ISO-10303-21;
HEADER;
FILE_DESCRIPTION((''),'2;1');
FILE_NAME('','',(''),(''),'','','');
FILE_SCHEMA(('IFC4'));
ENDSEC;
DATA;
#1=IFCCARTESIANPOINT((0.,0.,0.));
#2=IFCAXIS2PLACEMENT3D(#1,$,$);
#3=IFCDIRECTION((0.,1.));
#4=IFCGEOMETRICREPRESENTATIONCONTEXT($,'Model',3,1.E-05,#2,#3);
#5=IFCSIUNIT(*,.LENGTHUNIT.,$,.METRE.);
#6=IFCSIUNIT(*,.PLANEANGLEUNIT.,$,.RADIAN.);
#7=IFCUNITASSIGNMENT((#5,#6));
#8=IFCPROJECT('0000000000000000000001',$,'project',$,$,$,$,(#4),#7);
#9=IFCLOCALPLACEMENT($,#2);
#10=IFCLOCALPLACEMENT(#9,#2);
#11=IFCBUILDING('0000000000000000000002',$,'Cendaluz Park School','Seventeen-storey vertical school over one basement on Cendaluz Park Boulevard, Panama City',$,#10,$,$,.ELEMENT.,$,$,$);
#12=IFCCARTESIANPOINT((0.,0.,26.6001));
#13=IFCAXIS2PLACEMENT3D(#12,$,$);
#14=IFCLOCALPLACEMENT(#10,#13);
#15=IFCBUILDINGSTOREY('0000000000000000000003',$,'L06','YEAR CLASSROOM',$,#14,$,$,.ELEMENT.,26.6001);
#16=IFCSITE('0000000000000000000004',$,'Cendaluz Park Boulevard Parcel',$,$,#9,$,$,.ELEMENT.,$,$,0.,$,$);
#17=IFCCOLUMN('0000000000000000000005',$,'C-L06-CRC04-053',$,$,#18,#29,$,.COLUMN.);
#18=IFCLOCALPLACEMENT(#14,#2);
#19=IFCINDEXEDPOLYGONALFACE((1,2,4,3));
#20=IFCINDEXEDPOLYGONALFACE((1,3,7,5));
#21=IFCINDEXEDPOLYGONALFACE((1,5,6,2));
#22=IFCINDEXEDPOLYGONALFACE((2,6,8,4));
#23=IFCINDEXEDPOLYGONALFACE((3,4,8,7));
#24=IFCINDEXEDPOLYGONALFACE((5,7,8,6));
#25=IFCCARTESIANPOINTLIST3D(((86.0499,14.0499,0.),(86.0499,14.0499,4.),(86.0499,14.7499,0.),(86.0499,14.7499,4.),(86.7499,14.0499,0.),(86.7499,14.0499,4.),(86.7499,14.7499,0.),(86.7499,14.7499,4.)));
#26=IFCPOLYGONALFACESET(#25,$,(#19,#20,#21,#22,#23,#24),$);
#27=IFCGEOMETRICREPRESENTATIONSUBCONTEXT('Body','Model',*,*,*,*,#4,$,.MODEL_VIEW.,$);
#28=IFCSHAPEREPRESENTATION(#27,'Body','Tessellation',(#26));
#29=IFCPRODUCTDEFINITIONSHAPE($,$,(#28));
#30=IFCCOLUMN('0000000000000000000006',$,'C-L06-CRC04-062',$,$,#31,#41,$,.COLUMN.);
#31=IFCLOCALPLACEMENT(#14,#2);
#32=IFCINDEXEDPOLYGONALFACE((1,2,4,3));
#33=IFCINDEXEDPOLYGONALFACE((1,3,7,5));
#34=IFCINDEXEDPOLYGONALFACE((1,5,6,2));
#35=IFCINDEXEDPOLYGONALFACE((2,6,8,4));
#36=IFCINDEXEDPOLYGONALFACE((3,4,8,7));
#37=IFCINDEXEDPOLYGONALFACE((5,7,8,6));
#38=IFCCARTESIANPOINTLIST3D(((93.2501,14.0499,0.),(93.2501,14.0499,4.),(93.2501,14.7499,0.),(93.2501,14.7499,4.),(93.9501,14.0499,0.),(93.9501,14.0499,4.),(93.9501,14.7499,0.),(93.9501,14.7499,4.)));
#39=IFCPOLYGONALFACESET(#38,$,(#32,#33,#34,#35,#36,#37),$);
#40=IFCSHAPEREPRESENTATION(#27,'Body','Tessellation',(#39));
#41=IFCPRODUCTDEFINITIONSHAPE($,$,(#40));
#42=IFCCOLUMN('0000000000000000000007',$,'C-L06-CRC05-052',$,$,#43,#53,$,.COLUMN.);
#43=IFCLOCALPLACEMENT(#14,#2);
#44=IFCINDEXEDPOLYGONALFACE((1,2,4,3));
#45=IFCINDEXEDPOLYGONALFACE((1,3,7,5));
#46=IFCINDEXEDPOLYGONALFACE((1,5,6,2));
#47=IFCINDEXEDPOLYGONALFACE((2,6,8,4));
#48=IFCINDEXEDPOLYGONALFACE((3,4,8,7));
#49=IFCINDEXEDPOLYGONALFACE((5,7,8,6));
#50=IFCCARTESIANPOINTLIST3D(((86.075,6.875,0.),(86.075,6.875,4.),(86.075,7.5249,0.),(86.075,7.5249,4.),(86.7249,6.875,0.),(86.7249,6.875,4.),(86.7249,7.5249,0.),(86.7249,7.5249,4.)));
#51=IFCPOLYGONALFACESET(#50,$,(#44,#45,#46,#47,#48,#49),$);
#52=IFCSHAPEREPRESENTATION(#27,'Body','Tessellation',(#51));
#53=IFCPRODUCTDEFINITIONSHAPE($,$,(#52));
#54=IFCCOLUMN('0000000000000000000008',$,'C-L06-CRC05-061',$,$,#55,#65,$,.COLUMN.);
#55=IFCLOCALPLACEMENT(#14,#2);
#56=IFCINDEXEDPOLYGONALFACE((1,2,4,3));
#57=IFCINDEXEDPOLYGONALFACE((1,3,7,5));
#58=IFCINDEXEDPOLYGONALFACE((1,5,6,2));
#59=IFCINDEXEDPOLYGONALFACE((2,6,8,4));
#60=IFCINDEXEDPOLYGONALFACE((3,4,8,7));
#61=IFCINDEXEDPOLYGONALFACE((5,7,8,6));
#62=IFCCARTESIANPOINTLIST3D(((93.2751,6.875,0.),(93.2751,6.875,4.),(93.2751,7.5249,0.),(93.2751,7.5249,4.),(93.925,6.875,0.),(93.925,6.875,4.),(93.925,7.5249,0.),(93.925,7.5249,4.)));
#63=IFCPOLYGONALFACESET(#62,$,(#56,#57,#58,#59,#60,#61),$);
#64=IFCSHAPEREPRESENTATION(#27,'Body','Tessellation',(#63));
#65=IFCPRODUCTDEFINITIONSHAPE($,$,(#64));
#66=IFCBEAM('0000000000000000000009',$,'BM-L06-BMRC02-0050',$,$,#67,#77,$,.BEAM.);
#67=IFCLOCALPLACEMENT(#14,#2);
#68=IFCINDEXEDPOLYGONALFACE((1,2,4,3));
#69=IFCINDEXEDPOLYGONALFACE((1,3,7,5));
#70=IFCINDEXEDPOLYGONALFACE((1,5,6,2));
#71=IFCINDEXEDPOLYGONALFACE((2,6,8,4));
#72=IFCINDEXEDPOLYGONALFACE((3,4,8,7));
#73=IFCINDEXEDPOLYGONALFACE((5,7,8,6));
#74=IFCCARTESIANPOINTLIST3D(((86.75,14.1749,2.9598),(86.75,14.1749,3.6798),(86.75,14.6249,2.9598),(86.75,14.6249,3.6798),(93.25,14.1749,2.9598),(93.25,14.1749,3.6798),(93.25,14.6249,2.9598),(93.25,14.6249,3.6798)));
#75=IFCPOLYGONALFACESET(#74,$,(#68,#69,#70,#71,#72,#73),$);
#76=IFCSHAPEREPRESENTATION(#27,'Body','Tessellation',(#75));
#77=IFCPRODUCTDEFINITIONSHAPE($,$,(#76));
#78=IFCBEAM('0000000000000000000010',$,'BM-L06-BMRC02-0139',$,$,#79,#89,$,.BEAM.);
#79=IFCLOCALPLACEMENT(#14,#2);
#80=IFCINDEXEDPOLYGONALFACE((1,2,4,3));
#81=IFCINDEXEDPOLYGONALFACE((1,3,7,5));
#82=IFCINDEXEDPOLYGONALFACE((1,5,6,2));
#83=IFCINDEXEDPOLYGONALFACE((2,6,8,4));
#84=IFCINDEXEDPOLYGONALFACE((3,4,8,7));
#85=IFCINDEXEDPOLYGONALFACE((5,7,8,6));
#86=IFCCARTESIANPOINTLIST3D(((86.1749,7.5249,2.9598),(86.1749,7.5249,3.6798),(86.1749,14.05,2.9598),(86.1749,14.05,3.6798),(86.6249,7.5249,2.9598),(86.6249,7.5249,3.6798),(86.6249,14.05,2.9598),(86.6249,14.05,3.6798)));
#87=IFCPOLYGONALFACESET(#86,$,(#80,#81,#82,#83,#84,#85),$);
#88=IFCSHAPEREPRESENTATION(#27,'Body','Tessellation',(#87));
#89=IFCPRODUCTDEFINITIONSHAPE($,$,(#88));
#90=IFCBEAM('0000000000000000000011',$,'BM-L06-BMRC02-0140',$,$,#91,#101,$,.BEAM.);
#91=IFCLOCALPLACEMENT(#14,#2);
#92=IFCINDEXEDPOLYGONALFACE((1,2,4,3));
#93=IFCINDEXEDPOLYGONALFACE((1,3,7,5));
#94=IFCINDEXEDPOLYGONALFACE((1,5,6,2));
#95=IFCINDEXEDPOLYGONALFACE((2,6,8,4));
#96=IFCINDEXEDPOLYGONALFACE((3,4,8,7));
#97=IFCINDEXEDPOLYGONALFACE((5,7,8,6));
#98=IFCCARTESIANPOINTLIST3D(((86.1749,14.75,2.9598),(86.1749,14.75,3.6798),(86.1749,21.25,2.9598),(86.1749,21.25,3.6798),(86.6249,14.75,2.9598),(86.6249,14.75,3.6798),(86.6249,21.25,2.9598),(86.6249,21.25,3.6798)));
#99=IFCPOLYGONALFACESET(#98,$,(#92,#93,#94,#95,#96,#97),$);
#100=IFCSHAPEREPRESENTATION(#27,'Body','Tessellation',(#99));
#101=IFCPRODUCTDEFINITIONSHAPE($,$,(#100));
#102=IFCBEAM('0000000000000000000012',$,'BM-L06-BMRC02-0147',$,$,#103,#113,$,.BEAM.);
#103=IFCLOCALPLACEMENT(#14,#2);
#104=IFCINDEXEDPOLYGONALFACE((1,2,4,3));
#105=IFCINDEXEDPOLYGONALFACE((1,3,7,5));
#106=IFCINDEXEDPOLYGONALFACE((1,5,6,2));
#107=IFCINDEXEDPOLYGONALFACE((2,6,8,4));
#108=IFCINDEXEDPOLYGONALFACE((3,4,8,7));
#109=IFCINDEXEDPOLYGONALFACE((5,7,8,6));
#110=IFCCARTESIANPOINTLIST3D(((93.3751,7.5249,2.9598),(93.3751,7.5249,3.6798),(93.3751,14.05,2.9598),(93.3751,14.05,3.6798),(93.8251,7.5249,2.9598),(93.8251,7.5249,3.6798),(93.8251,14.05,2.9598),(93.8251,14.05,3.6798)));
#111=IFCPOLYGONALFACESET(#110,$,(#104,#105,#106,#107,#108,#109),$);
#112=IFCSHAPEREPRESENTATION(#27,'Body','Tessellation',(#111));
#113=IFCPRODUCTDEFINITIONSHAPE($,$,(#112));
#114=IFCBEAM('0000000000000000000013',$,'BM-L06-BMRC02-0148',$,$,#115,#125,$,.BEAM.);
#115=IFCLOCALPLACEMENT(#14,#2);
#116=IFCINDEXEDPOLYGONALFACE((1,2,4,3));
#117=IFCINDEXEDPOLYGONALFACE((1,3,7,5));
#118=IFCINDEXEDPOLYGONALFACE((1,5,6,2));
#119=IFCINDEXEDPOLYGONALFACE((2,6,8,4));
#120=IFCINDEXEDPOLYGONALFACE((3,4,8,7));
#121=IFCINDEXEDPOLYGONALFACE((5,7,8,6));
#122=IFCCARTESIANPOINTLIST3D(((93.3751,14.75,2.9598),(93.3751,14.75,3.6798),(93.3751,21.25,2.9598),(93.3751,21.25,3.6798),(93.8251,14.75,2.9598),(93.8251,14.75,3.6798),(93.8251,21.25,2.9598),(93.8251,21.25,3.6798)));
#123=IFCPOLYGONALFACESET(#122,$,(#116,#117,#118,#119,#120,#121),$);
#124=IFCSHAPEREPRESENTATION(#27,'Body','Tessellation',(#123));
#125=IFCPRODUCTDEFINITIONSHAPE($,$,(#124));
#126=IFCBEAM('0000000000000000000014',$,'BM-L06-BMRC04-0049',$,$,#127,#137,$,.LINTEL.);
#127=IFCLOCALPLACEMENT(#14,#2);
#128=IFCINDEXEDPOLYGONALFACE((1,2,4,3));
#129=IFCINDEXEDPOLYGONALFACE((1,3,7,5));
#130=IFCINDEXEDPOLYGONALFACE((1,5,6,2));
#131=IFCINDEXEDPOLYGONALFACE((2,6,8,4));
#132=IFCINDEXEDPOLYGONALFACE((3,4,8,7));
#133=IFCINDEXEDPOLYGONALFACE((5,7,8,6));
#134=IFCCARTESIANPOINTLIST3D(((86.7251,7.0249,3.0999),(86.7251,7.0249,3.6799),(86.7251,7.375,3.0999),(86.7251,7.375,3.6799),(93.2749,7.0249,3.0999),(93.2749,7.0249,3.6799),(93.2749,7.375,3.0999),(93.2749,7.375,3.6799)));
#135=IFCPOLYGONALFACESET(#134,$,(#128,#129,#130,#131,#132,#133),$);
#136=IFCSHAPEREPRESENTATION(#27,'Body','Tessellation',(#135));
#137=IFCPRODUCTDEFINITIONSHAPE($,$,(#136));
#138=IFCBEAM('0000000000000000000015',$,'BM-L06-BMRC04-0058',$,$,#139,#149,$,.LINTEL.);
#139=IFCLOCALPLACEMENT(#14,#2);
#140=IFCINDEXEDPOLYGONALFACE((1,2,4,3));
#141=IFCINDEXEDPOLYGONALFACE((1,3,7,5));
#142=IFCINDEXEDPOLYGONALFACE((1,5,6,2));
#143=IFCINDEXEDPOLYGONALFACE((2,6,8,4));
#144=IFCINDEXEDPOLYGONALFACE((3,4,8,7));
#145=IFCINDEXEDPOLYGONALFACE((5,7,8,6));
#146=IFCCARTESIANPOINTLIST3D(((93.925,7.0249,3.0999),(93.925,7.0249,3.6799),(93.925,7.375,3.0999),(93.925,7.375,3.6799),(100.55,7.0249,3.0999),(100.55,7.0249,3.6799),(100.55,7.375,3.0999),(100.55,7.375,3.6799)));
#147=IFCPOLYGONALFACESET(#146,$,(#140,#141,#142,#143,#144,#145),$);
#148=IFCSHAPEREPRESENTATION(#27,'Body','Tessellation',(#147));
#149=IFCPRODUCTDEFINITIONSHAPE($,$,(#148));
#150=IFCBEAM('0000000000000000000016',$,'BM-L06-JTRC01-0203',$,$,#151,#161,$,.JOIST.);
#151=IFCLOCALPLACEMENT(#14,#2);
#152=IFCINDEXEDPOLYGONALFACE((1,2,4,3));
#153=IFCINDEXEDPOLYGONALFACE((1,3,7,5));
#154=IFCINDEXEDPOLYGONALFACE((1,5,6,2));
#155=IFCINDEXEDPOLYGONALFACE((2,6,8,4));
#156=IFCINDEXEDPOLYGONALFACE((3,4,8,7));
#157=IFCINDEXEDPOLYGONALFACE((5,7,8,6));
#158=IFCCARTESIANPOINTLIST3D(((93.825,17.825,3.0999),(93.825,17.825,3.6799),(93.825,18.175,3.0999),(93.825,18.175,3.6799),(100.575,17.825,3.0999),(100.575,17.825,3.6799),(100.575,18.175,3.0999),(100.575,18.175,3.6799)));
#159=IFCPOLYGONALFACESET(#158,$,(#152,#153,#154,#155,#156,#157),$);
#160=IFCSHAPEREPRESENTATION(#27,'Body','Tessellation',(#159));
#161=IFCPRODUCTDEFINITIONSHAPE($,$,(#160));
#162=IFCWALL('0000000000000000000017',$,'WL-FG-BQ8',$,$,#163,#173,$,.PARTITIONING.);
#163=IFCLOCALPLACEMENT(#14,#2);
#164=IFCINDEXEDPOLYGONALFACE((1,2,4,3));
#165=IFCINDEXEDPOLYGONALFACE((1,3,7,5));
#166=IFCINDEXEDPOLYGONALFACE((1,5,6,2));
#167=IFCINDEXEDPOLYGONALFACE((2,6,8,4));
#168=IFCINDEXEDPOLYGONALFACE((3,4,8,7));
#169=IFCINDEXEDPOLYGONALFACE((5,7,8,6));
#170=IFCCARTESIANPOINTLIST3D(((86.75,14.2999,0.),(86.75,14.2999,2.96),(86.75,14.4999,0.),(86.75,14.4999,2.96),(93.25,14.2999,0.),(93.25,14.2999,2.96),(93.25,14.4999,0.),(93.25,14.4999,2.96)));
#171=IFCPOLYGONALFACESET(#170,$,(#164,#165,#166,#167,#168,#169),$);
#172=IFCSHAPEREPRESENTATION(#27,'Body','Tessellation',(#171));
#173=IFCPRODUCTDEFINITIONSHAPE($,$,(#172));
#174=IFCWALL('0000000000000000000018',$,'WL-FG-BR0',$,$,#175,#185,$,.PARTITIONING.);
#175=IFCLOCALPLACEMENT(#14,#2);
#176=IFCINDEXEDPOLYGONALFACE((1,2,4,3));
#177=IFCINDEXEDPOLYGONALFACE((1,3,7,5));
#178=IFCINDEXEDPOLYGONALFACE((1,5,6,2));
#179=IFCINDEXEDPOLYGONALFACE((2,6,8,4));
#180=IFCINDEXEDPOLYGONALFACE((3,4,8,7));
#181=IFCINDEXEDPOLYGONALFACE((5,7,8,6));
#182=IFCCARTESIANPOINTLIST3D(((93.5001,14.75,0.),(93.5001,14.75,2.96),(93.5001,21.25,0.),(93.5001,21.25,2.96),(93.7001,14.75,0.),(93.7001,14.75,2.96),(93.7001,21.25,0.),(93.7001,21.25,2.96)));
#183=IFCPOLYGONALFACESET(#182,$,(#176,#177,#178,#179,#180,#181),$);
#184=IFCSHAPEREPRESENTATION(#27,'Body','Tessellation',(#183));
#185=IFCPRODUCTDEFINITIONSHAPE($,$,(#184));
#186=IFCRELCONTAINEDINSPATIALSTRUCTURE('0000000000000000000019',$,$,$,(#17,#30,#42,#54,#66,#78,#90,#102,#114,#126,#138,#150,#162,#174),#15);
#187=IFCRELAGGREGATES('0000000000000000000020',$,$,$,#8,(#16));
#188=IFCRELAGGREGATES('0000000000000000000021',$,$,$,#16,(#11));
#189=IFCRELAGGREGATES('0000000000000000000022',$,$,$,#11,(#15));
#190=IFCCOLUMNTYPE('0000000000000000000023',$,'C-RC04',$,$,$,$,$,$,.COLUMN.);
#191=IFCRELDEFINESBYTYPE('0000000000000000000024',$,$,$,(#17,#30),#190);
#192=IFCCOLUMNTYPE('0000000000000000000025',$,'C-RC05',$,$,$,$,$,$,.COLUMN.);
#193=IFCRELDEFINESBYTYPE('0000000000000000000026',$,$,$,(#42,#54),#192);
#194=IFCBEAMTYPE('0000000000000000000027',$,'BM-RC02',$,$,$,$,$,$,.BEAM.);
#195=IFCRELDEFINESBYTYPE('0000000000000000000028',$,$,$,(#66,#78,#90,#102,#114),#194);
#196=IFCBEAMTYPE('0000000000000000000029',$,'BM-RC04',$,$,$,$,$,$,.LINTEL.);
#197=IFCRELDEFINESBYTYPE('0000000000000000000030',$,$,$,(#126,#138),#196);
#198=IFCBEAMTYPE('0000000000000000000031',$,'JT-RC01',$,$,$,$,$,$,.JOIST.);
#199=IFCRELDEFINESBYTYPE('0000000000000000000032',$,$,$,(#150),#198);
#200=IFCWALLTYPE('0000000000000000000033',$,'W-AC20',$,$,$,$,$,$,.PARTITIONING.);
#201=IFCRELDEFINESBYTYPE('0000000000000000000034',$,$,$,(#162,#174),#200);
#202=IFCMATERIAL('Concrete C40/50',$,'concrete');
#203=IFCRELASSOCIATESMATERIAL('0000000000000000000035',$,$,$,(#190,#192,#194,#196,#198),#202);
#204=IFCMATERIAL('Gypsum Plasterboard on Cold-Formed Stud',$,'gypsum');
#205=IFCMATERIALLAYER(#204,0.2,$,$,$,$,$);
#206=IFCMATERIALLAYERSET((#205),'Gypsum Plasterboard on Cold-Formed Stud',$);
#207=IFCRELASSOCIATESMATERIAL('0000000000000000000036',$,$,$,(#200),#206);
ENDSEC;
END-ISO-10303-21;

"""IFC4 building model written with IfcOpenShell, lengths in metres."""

from ifc_helpers import new_model, si_unit, direction, frame, frame_2d, origin, origin_2d, place, context, subcontext, project, spatial, rectangle, extrude, material, layer, layer_set, material_profile, profile_set, type_object, element, save


model = new_model("IFC4")

# Units and contexts
model_context = context("Model", 3, precision=1e-05, world=origin(), true_north=direction((0.0, 1.0)))
body_context = subcontext(model_context, "Body", "Model", "MODEL_VIEW")
ifc_project = project(units=[si_unit("LENGTHUNIT", "METRE"), si_unit("PLANEANGLEUNIT", "RADIAN")], contexts=[model_context])

# Site, building, storey
site_placement = place(None, origin())
site = spatial("IfcSite", under=ifc_project, at=site_placement, Name="Cendaluz Park Boulevard Parcel", CompositionType="ELEMENT", RefElevation=0.0)
building_placement = place(site_placement, origin())
building = spatial("IfcBuilding", under=site, at=building_placement, Name="Cendaluz Park School", Description="Seventeen-storey vertical school over one basement on Cendaluz Park Boulevard, Panama City", CompositionType="ELEMENT")
storey_placement = place(building_placement, frame((0.0, 0.0, 26.6001)))
storey = spatial("IfcBuildingStorey", under=building, at=storey_placement, Name="L06", Description="YEAR CLASSROOM", CompositionType="ELEMENT", Elevation=26.6001)

# Columns
ifc_material_1 = material(Name="Concrete C40/50", Category="concrete")
ifc_material_profile_1 = material_profile(ifc_material_1, rectangle(XDim=0.7, YDim=0.7, at=origin_2d()), Name="RC 700x700", Category="concrete")
ifc_profile_set_1 = profile_set([ifc_material_profile_1], Name="Concrete C40/50")
column_type_1 = type_object("IfcColumnType", Name="C-RC04", PredefinedType="COLUMN", material=ifc_profile_set_1)
for number, where, z_axis, x_axis, name in (
    (1, (86.3999, 14.3999, 0.0), (0.0, 0.0, 1.0), (1.0, 0.0, 0.0), "C-L06-CRC04-053"),
    (2, (93.6001, 14.3999, 0.0), (0.0, 0.0, 1.0), (1.0, 0.0, 0.0), "C-L06-CRC04-062"),
):
    element("IfcColumn", number, at=place(storey_placement, frame(where, z_axis=z_axis, x_axis=x_axis)), inside=storey, type_object=column_type_1, Name=name, PredefinedType="COLUMN", context=body_context, shape_type="SweptSolid", body=[
        extrude(rectangle(XDim=0.7, YDim=0.7, at=origin_2d()), origin(), (0.0, 0.0, 1.0), 4.0),
    ])
ifc_material_profile_2 = material_profile(ifc_material_1, rectangle(XDim=0.6499, YDim=0.6499, at=origin_2d()), Name="RC 650x650", Category="concrete")
ifc_profile_set_2 = profile_set([ifc_material_profile_2], Name="Concrete C40/50")
column_type_2 = type_object("IfcColumnType", Name="C-RC05", PredefinedType="COLUMN", material=ifc_profile_set_2)
for number, where, z_axis, x_axis, name in (
    (3, (86.3999, 7.2, 0.0), (0.0, 0.0, 1.0), (1.0, 0.0, 0.0), "C-L06-CRC05-052"),
    (4, (93.6001, 7.2, 0.0), (0.0, 0.0, 1.0), (1.0, 0.0, 0.0), "C-L06-CRC05-061"),
):
    element("IfcColumn", number, at=place(storey_placement, frame(where, z_axis=z_axis, x_axis=x_axis)), inside=storey, type_object=column_type_2, Name=name, PredefinedType="COLUMN", context=body_context, shape_type="SweptSolid", body=[
        extrude(rectangle(XDim=0.6499, YDim=0.6499, at=origin_2d()), origin(), (0.0, 0.0, 1.0), 4.0),
    ])

# Beams
ifc_material_profile_3 = material_profile(ifc_material_1, rectangle(XDim=0.45, YDim=0.72, at=origin_2d()), Name="RC 450x720", Category="concrete")
ifc_profile_set_3 = profile_set([ifc_material_profile_3], Name="Concrete C40/50")
beam_type_1 = type_object("IfcBeamType", Name="BM-RC02", PredefinedType="BEAM", material=ifc_profile_set_3)
beam_1_placement = place(storey_placement, frame((86.75, 14.3999, 3.3198), z_axis=(1.0, 0.0, 0.0), x_axis=(0.0, 1.0, 0.0)))
element("IfcBeam", 5, at=beam_1_placement, inside=storey, type_object=beam_type_1, Name="BM-L06-BMRC02-0050", PredefinedType="BEAM", context=body_context, shape_type="SweptSolid", body=[
    extrude(rectangle(XDim=0.45, YDim=0.72, at=origin_2d()), origin(), (0.0, 0.0, 1.0), 6.5),
])
beam_2_placement = place(storey_placement, frame((86.3999, 7.5249, 3.3198), z_axis=(0.0, 1.0, 0.0), x_axis=(-1.0, 0.0, 0.0)))
element("IfcBeam", 6, at=beam_2_placement, inside=storey, type_object=beam_type_1, Name="BM-L06-BMRC02-0139", PredefinedType="BEAM", context=body_context, shape_type="SweptSolid", body=[
    extrude(rectangle(XDim=0.45, YDim=0.72, at=origin_2d()), origin(), (0.0, 0.0, 1.0), 6.5251),
])
beam_3_placement = place(storey_placement, frame((86.3999, 14.75, 3.3198), z_axis=(0.0, 1.0, 0.0), x_axis=(-1.0, 0.0, 0.0)))
element("IfcBeam", 7, at=beam_3_placement, inside=storey, type_object=beam_type_1, Name="BM-L06-BMRC02-0140", PredefinedType="BEAM", context=body_context, shape_type="SweptSolid", body=[
    extrude(rectangle(XDim=0.45, YDim=0.72, at=origin_2d()), origin(), (0.0, 0.0, 1.0), 6.5),
])
beam_4_placement = place(storey_placement, frame((93.6001, 7.5249, 3.3198), z_axis=(0.0, 1.0, 0.0), x_axis=(-1.0, 0.0, 0.0)))
element("IfcBeam", 8, at=beam_4_placement, inside=storey, type_object=beam_type_1, Name="BM-L06-BMRC02-0147", PredefinedType="BEAM", context=body_context, shape_type="SweptSolid", body=[
    extrude(rectangle(XDim=0.45, YDim=0.72, at=origin_2d()), origin(), (0.0, 0.0, 1.0), 6.5251),
])
beam_5_placement = place(storey_placement, frame((93.6001, 14.75, 3.3198), z_axis=(0.0, 1.0, 0.0), x_axis=(-1.0, 0.0, 0.0)))
element("IfcBeam", 9, at=beam_5_placement, inside=storey, type_object=beam_type_1, Name="BM-L06-BMRC02-0148", PredefinedType="BEAM", context=body_context, shape_type="SweptSolid", body=[
    extrude(rectangle(XDim=0.45, YDim=0.72, at=origin_2d()), origin(), (0.0, 0.0, 1.0), 6.5),
])
ifc_material_profile_4 = material_profile(ifc_material_1, rectangle(XDim=0.3501, YDim=0.5801, at=origin_2d()), Name="RC 350x580", Category="concrete")
ifc_profile_set_4 = profile_set([ifc_material_profile_4], Name="Concrete C40/50")
beam_type_2 = type_object("IfcBeamType", Name="BM-RC04", PredefinedType="LINTEL", material=ifc_profile_set_4)
beam_6_placement = place(storey_placement, frame((86.7251, 7.2, 3.3899), z_axis=(1.0, 0.0, 0.0), x_axis=(0.0, 1.0, 0.0)))
element("IfcBeam", 10, at=beam_6_placement, inside=storey, type_object=beam_type_2, Name="BM-L06-BMRC04-0049", PredefinedType="LINTEL", context=body_context, shape_type="SweptSolid", body=[
    extrude(rectangle(XDim=0.3501, YDim=0.5801, at=origin_2d()), origin(), (0.0, 0.0, 1.0), 6.5498),
])
beam_7_placement = place(storey_placement, frame((93.925, 7.2, 3.3899), z_axis=(1.0, 0.0, 0.0), x_axis=(0.0, 1.0, 0.0)))
element("IfcBeam", 11, at=beam_7_placement, inside=storey, type_object=beam_type_2, Name="BM-L06-BMRC04-0058", PredefinedType="LINTEL", context=body_context, shape_type="SweptSolid", body=[
    extrude(rectangle(XDim=0.3501, YDim=0.5801, at=origin_2d()), origin(), (0.0, 0.0, 1.0), 6.625),
])
ifc_material_profile_5 = material_profile(ifc_material_1, rectangle(XDim=0.3501, YDim=0.5801, at=origin_2d()), Name="RC 350x580", Category="concrete")
ifc_profile_set_5 = profile_set([ifc_material_profile_5], Name="Concrete C40/50")
beam_type_3 = type_object("IfcBeamType", Name="JT-RC01", PredefinedType="JOIST", material=ifc_profile_set_5)
beam_8_placement = place(storey_placement, frame((93.825, 18.0, 3.3899), z_axis=(1.0, 0.0, 0.0), x_axis=(0.0, 1.0, 0.0)))
element("IfcBeam", 12, at=beam_8_placement, inside=storey, type_object=beam_type_3, Name="BM-L06-JTRC01-0203", PredefinedType="JOIST", context=body_context, shape_type="SweptSolid", body=[
    extrude(rectangle(XDim=0.3501, YDim=0.5801, at=origin_2d()), origin(), (0.0, 0.0, 1.0), 6.75),
])

# Walls
ifc_material_2 = material(Name="Gypsum Plasterboard on Cold-Formed Stud", Category="gypsum")
ifc_layer_1 = layer(ifc_material_2, 0.2)
ifc_layer_set_1 = layer_set([ifc_layer_1], Name="Gypsum Plasterboard on Cold-Formed Stud")
wall_type_1 = type_object("IfcWallType", Name="W-AC20", PredefinedType="PARTITIONING", material=ifc_layer_set_1)
for number, where, z_axis, x_axis, name in (
    (13, (86.75, 14.3999, 0.0), (0.0, 0.0, 1.0), (1.0, 0.0, 0.0), "WL-FG-BQ8"),
    (14, (93.6001, 14.75, 0.0), (0.0, 0.0, 1.0), (0.0, 1.0, 0.0), "WL-FG-BR0"),
):
    element("IfcWall", number, at=place(storey_placement, frame(where, z_axis=z_axis, x_axis=x_axis)), inside=storey, type_object=wall_type_1, Name=name, PredefinedType="PARTITIONING", context=body_context, shape_type="SweptSolid", body=[
        extrude(rectangle(XDim=6.5, YDim=0.2, at=frame_2d((3.25, 0.0))), origin(), (0.0, 0.0, 1.0), 2.96),
    ])

save(model, "model.ifc")
